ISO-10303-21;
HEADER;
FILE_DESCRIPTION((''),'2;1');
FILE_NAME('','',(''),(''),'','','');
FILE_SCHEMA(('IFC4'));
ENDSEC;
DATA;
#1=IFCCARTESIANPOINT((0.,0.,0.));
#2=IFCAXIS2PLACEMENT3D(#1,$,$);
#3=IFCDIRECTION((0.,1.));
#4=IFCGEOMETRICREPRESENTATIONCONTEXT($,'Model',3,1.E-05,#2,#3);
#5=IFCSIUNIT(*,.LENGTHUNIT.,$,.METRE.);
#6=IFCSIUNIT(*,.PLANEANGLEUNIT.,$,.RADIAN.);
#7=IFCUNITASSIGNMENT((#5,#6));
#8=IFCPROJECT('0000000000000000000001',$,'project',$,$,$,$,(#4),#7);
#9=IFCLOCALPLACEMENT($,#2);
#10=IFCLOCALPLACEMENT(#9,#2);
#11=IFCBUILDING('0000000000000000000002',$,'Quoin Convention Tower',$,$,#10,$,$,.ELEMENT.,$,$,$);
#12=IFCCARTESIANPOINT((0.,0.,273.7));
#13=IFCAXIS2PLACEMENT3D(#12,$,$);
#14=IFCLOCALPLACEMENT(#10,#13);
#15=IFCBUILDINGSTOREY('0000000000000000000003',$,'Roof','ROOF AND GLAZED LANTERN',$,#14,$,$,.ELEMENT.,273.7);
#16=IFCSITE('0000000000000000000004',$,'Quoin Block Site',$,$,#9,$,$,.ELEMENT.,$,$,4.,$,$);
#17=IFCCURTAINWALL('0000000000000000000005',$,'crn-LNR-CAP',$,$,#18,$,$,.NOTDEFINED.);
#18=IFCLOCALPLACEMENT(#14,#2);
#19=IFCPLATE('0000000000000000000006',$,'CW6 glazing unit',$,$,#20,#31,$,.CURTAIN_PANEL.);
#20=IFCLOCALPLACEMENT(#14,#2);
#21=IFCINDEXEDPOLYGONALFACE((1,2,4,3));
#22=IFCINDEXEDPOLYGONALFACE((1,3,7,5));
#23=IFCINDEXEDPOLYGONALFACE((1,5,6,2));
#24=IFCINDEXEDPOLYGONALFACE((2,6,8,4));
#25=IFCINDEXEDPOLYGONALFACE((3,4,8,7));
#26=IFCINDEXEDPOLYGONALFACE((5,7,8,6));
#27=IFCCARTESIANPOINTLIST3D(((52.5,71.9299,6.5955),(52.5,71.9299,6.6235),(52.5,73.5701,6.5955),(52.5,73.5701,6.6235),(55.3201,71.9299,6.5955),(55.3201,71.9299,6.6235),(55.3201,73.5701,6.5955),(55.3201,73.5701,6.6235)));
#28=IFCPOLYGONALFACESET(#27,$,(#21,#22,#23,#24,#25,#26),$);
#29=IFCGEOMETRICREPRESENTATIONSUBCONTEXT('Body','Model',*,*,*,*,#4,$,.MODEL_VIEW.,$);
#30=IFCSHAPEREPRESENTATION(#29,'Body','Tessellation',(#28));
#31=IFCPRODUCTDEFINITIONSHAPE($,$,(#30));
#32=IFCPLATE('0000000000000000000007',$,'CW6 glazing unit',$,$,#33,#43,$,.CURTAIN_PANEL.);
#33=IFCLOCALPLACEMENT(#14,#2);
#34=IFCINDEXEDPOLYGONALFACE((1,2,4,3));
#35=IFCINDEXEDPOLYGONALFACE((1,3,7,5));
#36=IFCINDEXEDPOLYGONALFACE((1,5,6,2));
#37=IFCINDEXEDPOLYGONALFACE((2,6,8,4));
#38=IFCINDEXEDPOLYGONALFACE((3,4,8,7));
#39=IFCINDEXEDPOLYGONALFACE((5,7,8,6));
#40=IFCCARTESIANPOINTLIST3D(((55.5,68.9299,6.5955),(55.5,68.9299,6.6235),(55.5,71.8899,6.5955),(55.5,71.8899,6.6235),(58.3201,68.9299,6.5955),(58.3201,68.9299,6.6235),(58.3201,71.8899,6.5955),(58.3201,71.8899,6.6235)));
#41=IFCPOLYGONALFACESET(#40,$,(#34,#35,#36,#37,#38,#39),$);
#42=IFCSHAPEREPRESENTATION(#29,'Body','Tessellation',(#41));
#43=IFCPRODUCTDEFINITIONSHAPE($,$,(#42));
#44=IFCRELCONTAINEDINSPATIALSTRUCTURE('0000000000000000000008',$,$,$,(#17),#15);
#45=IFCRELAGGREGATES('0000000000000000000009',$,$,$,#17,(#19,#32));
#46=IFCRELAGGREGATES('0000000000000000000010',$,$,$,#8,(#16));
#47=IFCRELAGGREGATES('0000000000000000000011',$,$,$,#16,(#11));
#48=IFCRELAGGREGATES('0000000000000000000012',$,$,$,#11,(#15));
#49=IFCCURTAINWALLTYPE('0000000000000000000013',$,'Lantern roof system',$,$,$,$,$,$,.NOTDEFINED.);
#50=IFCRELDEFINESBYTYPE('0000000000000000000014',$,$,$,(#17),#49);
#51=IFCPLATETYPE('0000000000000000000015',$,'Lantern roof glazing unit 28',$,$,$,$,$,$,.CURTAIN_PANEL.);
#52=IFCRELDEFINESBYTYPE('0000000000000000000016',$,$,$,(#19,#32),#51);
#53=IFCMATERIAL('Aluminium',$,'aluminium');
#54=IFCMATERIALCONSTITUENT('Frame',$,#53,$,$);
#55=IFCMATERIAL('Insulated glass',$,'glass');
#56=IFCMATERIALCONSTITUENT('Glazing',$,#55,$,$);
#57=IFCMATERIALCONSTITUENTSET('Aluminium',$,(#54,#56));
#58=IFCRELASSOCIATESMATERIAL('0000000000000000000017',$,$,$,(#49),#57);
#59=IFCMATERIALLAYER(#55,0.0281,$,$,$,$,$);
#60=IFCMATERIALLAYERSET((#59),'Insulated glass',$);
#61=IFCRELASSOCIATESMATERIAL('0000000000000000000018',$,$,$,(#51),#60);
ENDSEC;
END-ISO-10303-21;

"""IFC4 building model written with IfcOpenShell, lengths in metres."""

from ifc_helpers import new_model, si_unit, direction, frame, origin, place, context, subcontext, project, spatial, polyline, outline, extrude, material, layer, layer_set, constituent, constituent_set, type_object, element, aggregate, save


model = new_model("IFC4")

# Units and contexts
model_context = context("Model", 3, precision=1e-05, world=origin(), true_north=direction((0.0, 1.0)))
body_context = subcontext(model_context, "Body", "Model", "MODEL_VIEW")
ifc_project = project(units=[si_unit("LENGTHUNIT", "METRE"), si_unit("PLANEANGLEUNIT", "RADIAN")], contexts=[model_context])

# Site, building, storey
site_placement = place(None, origin())
site = spatial("IfcSite", under=ifc_project, at=site_placement, Name="Quoin Block Site", CompositionType="ELEMENT", RefElevation=4.0)
building_placement = place(site_placement, origin())
building = spatial("IfcBuilding", under=site, at=building_placement, Name="Quoin Convention Tower", CompositionType="ELEMENT")
storey_placement = place(building_placement, frame((0.0, 0.0, 273.7)))
storey = spatial("IfcBuildingStorey", under=building, at=storey_placement, Name="Roof", Description="ROOF AND GLAZED LANTERN", CompositionType="ELEMENT", Elevation=273.7)

# Curtain wall, plates
ifc_material_1 = material(Name="Aluminium", Category="aluminium")
ifc_constituent_1 = constituent(ifc_material_1, Name="Frame")
ifc_material_2 = material(Name="Insulated glass", Category="glass")
ifc_constituent_2 = constituent(ifc_material_2, Name="Glazing")
ifc_constituent_set = constituent_set(constituents=[ifc_constituent_1, ifc_constituent_2], Name="Aluminium")
curtain_wall_type = type_object("IfcCurtainWallType", Name="Lantern roof system", PredefinedType="NOTDEFINED", material=ifc_constituent_set)
curtain_wall_placement = place(storey_placement, origin())
curtain_wall = element("IfcCurtainWall", 1, at=curtain_wall_placement, inside=storey, type_object=curtain_wall_type, Name="crn-LNR-CAP", PredefinedType="NOTDEFINED")
ifc_layer = layer(ifc_material_2, 0.0281)
ifc_layer_set = layer_set([ifc_layer], Name="Insulated glass")
plate_type = type_object("IfcPlateType", Name="Lantern roof glazing unit 28", PredefinedType="CURTAIN_PANEL", material=ifc_layer_set)
plate_1_placement = place(storey_placement, frame((55.3201, 71.9299, 6.6235), z_axis=(0.0, 0.0, 1.0), x_axis=(-1.0, 0.0, 0.0)))
plate_1 = element("IfcPlate", 2, at=plate_1_placement, type_object=plate_type, Name="CW6 glazing unit", PredefinedType="CURTAIN_PANEL", context=body_context, shape_type="SweptSolid", body=[
    extrude(outline(polyline([(0.0, 0.0), (2.8201, 0.0), (2.8201, -1.6401), (0.0, -1.6401), (0.0, 0.0)])), origin(), (0.0, 0.0, -1.0), 0.0281),
])
plate_2_placement = place(storey_placement, frame((55.5, 68.9299, 6.6235), z_axis=(0.0, 0.0, 1.0), x_axis=(0.0, 1.0, 0.0)))
plate_2 = element("IfcPlate", 3, at=plate_2_placement, type_object=plate_type, Name="CW6 glazing unit", PredefinedType="CURTAIN_PANEL", context=body_context, shape_type="SweptSolid", body=[
    extrude(outline(polyline([(0.0, 0.0), (2.96, 0.0), (2.96, -2.8201), (0.0, -2.8201), (0.0, 0.0)])), origin(), (0.0, 0.0, -1.0), 0.0281),
])
aggregate(curtain_wall, [plate_1, plate_2])

save(model, "model.ifc")
